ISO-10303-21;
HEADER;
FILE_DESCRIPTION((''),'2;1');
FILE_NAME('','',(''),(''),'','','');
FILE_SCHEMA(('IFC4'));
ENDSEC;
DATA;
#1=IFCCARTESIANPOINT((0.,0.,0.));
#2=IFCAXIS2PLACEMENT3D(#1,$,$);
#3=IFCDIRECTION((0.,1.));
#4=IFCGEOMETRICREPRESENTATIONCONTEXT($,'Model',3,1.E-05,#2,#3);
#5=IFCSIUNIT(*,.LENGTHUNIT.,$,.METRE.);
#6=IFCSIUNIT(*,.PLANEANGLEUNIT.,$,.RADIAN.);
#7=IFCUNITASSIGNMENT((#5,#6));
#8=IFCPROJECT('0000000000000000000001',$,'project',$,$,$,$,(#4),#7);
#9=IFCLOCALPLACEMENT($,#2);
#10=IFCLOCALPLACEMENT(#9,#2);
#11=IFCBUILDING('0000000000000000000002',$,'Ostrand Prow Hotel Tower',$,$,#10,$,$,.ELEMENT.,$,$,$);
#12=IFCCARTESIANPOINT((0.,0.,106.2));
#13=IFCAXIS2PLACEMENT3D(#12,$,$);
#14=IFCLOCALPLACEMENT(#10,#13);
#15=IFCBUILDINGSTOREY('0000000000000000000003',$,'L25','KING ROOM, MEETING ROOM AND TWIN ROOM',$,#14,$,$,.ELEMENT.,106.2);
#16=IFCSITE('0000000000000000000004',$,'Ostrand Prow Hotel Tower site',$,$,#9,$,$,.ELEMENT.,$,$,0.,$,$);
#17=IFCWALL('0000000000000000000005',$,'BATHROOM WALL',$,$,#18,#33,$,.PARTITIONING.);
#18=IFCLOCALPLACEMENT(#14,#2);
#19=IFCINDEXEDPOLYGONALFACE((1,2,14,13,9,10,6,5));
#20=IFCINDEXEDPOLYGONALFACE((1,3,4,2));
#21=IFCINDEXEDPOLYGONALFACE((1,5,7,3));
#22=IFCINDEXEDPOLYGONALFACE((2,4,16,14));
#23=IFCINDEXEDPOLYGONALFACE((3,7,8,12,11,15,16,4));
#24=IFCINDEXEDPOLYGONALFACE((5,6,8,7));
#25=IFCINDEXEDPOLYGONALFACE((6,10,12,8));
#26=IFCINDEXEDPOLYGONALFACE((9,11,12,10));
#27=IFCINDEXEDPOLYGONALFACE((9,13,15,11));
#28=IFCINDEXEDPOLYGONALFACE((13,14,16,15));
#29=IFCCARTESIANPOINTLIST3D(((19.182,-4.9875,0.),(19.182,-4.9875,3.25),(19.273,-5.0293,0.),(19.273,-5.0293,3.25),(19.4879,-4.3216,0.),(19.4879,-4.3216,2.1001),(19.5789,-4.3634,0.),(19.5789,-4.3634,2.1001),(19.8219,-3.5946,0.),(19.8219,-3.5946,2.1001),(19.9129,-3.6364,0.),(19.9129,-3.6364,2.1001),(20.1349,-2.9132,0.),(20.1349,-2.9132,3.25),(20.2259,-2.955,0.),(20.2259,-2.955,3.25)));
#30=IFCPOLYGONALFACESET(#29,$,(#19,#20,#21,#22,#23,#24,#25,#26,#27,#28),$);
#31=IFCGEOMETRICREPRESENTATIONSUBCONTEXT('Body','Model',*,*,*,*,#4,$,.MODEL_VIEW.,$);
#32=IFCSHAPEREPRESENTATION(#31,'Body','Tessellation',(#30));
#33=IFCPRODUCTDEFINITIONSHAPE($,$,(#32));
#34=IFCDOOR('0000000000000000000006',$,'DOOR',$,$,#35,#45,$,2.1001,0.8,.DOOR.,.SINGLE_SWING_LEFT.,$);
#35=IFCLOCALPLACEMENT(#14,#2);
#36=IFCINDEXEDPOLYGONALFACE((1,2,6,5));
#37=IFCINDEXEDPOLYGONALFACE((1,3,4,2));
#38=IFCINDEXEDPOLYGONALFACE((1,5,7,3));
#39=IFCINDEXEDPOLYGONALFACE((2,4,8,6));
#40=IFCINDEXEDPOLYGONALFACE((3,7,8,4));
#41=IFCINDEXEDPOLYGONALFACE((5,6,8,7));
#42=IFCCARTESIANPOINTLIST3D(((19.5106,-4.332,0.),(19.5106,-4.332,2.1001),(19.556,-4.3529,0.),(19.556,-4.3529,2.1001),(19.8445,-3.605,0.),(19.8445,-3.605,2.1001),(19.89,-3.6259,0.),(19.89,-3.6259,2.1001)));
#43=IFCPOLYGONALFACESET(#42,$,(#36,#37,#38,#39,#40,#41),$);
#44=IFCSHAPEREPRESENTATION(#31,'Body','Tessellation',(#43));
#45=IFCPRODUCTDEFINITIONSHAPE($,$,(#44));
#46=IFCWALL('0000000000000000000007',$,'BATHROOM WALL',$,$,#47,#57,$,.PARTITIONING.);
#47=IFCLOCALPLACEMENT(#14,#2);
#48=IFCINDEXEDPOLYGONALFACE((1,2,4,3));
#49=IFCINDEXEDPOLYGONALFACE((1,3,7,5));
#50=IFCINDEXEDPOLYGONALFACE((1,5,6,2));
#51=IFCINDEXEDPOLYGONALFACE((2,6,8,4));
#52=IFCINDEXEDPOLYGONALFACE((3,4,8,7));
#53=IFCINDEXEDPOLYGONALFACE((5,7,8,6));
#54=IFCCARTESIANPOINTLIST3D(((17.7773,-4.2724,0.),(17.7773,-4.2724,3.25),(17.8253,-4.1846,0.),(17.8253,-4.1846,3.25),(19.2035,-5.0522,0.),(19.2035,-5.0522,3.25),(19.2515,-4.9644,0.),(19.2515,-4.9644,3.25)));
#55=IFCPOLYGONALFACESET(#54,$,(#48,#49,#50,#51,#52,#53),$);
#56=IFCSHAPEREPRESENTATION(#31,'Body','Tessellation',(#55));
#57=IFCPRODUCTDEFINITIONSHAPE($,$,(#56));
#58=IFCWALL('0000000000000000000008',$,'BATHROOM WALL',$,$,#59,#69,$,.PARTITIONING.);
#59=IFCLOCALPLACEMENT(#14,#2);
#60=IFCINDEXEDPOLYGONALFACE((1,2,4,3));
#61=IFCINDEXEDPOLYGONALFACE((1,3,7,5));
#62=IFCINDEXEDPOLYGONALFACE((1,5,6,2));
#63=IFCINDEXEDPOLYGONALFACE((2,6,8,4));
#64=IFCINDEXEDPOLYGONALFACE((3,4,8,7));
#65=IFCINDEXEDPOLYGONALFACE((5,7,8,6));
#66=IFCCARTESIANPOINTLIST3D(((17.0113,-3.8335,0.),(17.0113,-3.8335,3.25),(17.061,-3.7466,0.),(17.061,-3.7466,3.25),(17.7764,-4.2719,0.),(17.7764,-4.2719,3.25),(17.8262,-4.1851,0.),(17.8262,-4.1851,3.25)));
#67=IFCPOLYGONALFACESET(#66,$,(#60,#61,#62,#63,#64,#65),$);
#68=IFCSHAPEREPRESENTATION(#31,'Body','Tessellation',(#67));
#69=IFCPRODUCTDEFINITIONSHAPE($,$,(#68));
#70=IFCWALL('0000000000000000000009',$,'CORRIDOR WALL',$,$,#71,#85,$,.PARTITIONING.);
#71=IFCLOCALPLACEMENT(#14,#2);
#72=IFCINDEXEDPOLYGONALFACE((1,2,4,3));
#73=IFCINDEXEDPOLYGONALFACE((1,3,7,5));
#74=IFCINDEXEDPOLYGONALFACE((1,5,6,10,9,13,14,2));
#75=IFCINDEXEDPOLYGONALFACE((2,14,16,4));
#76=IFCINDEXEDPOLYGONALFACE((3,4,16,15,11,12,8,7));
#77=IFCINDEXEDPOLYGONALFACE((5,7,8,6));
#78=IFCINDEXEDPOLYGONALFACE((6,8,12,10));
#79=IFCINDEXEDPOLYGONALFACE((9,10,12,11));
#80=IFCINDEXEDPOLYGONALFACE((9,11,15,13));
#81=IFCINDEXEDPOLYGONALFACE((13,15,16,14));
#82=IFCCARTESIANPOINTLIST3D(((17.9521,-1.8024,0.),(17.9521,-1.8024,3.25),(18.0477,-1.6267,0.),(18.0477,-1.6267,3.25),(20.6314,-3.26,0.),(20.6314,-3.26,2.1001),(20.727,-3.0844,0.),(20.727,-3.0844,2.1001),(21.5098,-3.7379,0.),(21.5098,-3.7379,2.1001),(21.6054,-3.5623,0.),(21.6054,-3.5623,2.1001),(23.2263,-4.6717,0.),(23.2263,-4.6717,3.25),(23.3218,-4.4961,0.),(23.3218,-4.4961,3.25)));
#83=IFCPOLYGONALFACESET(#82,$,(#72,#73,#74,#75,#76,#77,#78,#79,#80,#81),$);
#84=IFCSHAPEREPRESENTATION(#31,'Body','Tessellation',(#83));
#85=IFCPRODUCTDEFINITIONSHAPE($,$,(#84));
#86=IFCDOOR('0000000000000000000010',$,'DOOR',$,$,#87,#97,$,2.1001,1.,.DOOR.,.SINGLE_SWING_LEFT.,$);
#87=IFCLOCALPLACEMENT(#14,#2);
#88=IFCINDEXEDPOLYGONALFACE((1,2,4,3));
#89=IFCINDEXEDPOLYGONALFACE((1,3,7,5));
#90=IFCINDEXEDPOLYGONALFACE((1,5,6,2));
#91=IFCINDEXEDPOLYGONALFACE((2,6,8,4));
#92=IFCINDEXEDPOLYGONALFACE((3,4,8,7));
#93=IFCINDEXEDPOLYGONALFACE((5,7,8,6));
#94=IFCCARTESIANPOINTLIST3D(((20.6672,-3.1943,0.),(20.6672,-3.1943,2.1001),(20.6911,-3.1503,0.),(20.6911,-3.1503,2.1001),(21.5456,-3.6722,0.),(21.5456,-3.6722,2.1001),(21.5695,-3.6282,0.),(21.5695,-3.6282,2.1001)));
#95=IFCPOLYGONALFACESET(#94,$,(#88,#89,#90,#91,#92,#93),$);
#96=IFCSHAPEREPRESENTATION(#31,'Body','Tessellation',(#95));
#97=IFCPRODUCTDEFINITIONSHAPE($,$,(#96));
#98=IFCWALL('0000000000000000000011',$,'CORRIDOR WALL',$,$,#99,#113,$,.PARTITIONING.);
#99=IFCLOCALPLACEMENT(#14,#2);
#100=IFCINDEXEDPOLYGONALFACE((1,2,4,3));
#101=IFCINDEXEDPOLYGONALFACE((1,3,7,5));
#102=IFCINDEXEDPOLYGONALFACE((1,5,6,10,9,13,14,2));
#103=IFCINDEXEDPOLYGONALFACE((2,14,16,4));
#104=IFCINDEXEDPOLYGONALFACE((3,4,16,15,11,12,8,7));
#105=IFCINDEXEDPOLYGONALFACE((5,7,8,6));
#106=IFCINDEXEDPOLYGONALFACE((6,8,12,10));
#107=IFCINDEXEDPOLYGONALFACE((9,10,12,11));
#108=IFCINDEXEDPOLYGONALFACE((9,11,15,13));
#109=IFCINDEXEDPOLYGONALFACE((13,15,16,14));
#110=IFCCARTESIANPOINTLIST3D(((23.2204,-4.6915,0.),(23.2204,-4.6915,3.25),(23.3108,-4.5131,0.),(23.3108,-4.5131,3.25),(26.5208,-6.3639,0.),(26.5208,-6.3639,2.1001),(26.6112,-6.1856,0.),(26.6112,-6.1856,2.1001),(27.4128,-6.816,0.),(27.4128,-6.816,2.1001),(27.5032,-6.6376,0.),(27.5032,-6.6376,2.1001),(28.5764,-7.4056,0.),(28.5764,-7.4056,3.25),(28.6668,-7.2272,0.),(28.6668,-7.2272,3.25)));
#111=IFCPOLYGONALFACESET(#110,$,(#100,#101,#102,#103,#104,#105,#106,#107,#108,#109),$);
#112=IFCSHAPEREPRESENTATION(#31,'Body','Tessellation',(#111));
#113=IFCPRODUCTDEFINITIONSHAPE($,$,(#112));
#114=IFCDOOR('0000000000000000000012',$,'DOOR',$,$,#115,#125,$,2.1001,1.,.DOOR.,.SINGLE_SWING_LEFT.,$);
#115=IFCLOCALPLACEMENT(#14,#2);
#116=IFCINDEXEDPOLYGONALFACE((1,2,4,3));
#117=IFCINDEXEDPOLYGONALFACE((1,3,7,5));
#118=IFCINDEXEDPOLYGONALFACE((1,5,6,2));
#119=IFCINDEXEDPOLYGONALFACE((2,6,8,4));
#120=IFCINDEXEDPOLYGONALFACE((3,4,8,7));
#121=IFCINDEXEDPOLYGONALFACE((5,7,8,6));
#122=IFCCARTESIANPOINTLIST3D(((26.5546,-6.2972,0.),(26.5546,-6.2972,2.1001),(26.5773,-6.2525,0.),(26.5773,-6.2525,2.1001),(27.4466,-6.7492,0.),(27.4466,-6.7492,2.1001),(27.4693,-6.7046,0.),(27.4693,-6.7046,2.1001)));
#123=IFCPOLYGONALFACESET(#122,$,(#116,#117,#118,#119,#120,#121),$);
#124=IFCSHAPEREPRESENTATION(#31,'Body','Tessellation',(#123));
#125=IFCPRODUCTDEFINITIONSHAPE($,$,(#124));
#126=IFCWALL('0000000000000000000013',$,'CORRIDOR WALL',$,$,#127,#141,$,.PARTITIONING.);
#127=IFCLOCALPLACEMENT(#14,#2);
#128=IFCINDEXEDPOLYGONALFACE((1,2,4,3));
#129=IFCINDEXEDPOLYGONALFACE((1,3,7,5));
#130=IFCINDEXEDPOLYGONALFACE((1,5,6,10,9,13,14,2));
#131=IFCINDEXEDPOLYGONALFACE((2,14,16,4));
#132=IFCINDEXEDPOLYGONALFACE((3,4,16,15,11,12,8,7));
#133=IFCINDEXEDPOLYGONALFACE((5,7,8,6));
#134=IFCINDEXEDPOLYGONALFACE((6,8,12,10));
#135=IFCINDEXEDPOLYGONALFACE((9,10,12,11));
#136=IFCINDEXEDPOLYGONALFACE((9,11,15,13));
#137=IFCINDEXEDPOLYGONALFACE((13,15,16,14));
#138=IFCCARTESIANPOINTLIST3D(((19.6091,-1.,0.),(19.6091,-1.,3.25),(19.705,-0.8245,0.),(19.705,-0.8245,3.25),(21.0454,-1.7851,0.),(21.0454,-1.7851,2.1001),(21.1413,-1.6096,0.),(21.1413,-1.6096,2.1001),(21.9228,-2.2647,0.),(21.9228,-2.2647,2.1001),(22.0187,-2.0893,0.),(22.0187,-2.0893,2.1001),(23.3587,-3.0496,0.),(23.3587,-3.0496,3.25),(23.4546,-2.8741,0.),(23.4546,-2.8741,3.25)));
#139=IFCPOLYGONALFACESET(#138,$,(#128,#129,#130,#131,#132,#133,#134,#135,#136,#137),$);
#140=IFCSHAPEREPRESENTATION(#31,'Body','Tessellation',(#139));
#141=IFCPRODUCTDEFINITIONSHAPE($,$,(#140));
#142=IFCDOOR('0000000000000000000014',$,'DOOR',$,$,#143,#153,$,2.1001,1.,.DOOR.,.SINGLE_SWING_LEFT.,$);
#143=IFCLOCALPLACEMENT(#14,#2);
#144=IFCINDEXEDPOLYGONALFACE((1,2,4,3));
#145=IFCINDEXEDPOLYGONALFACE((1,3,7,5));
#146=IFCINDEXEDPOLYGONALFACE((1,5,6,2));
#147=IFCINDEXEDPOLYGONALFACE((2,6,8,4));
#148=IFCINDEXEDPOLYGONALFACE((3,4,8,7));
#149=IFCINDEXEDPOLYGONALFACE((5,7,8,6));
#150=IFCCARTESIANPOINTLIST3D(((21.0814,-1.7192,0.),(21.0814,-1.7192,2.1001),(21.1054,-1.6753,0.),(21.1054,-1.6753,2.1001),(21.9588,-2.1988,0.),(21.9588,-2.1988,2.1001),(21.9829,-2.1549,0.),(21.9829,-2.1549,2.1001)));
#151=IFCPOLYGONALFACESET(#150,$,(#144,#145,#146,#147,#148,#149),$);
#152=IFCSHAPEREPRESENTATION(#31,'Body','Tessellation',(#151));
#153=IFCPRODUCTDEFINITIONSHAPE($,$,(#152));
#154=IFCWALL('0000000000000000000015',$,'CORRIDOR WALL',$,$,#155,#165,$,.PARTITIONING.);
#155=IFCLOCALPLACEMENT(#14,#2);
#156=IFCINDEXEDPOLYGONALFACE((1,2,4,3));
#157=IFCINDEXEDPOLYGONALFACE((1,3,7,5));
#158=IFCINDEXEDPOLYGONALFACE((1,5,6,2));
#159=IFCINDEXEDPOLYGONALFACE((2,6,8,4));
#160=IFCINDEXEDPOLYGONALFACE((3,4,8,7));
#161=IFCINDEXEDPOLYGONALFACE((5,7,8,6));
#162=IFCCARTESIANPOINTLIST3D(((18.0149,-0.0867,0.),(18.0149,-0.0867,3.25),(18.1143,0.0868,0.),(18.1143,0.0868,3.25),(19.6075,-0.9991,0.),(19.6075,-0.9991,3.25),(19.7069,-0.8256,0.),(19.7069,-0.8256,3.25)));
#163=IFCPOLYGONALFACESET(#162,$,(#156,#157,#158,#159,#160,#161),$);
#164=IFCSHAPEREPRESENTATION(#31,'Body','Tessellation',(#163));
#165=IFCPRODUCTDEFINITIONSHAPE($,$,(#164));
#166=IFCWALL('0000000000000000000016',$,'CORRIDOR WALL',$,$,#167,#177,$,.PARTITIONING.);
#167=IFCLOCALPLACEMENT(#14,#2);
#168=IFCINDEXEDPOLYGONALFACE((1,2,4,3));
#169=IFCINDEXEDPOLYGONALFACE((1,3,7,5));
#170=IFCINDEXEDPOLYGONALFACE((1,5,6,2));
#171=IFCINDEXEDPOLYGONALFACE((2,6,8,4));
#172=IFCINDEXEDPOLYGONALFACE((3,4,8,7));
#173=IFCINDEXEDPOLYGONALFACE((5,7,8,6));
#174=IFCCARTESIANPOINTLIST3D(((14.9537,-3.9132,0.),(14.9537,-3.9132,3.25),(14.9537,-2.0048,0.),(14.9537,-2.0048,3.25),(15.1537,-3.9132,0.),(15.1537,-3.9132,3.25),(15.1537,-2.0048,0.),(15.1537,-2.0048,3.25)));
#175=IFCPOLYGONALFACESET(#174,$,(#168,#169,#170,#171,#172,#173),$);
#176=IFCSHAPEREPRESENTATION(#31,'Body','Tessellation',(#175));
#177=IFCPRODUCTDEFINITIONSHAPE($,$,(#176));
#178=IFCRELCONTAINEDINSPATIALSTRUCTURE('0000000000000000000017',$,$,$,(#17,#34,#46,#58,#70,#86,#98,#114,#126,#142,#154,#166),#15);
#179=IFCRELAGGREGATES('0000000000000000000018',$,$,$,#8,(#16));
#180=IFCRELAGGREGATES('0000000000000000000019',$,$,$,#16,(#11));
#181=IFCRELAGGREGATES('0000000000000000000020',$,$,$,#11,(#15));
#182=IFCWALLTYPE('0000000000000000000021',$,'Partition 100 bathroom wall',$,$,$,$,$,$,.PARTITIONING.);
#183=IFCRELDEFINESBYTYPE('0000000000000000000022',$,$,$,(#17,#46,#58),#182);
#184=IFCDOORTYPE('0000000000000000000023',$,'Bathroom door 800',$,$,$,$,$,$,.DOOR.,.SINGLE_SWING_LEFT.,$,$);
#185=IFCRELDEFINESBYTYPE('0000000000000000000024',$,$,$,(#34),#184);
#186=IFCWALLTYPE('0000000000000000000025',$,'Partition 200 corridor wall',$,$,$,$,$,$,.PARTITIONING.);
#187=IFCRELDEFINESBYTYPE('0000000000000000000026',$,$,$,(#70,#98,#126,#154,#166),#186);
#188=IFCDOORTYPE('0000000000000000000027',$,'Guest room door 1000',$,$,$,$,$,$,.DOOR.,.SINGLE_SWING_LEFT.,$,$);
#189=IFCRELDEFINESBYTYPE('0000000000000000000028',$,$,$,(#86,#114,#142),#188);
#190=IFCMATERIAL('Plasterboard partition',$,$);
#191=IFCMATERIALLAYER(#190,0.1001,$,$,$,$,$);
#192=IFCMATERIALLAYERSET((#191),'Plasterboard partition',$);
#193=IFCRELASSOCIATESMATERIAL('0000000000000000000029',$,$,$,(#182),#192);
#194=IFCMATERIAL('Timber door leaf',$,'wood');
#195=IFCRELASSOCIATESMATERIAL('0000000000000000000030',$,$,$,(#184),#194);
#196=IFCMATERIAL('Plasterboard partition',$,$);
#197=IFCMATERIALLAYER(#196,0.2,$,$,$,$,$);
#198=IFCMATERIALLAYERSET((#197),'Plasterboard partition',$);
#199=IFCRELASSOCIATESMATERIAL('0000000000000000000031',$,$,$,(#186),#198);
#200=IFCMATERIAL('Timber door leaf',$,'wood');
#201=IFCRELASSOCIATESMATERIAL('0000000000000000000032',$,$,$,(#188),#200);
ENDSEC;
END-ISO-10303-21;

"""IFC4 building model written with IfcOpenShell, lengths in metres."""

from ifc_helpers import new_model, si_unit, direction, frame, frame_2d, origin, place, context, subcontext, project, spatial, rectangle, extrude, material, layer, layer_set, type_object, element, fill, save


model = new_model("IFC4")

# Units and contexts
model_context = context("Model", 3, precision=1e-05, world=origin(), true_north=direction((0.0, 1.0)))
body_context = subcontext(model_context, "Body", "Model", "MODEL_VIEW")
ifc_project = project(units=[si_unit("LENGTHUNIT", "METRE"), si_unit("PLANEANGLEUNIT", "RADIAN")], contexts=[model_context])

# Site, building, storey
site_placement = place(None, origin())
site = spatial("IfcSite", under=ifc_project, at=site_placement, Name="Ostrand Prow Hotel Tower site", CompositionType="ELEMENT", RefElevation=0.0)
building_placement = place(site_placement, origin())
building = spatial("IfcBuilding", under=site, at=building_placement, Name="Ostrand Prow Hotel Tower", CompositionType="ELEMENT")
storey_placement = place(building_placement, frame((0.0, 0.0, 106.2)))
storey = spatial("IfcBuildingStorey", under=building, at=storey_placement, Name="L25", Description="KING ROOM, MEETING ROOM AND TWIN ROOM", CompositionType="ELEMENT", Elevation=106.2)

# Wall, opening, door
ifc_material_1 = material(Name="Plasterboard partition")
ifc_layer_1 = layer(ifc_material_1, 0.1001)
ifc_layer_set_1 = layer_set([ifc_layer_1], Name="Plasterboard partition")
wall_type_1 = type_object("IfcWallType", Name="Partition 100 bathroom wall", PredefinedType="PARTITIONING", material=ifc_layer_set_1)
wall_1_placement = place(storey_placement, frame((20.1804, -2.9341, 0.0), z_axis=(0.0, 0.0, 1.0), x_axis=(-0.41745, -0.9087, 0.0)))
wall_1 = element("IfcWall", 1, at=wall_1_placement, inside=storey, type_object=wall_type_1, Name="BATHROOM WALL", PredefinedType="PARTITIONING", context=body_context, shape_type="SweptSolid", body=[
    extrude(rectangle(XDim=2.2827, YDim=0.1001, at=frame_2d((1.1414, 0.0))), origin(), (0.0, 0.0, 1.0), 3.25),
])
opening_1_placement = place(wall_1_placement, frame((0.75, 0.0, 0.0)))
opening_1 = element("IfcOpeningElement", 2, at=opening_1_placement, cuts=wall_1, PredefinedType="OPENING", context=body_context, shape_type="SweptSolid", body=[
    extrude(rectangle(XDim=0.8, YDim=2.1001, at=frame_2d((0.3999, 1.05))), frame((0.0, 0.0601, 0.0), z_axis=(0.0, -1.0, 0.0), x_axis=(1.0, 0.0, 0.0)), (0.0, 0.0, 1.0), 0.1201),
])
ifc_material_2 = material(Name="Timber door leaf", Category="wood")
door_type_1 = type_object("IfcDoorType", Name="Bathroom door 800", OperationType="SINGLE_SWING_LEFT", PredefinedType="DOOR", material=ifc_material_2)
door_1_placement = place(opening_1_placement, origin())
door_1 = element("IfcDoor", 3, at=door_1_placement, inside=storey, type_object=door_type_1, Name="DOOR", OperationType="SINGLE_SWING_LEFT", OverallHeight=2.1001, OverallWidth=0.8, PredefinedType="DOOR", context=body_context, shape_type="SweptSolid", body=[
    extrude(rectangle(XDim=0.8, YDim=2.1001, at=frame_2d((0.3999, 1.05))), frame((0.0, 0.0249, 0.0), z_axis=(0.0, -1.0, 0.0), x_axis=(1.0, 0.0, 0.0)), (0.0, 0.0, 1.0), 0.05),
])
fill(opening_1, door_1)

# Walls
wall_2_placement = place(storey_placement, frame((19.2275, -5.0083, 0.0), z_axis=(0.0, 0.0, 1.0), x_axis=(-0.877424, 0.479715, 0.0)))
element("IfcWall", 4, at=wall_2_placement, inside=storey, type_object=wall_type_1, Name="BATHROOM WALL", PredefinedType="PARTITIONING", context=body_context, shape_type="SweptSolid", body=[
    extrude(rectangle(XDim=1.6255, YDim=0.1001, at=frame_2d((0.8127, 0.0))), origin(), (0.0, 0.0, 1.0), 3.25),
])
wall_3_placement = place(storey_placement, frame((17.8013, -4.2285, 0.0), z_axis=(0.0, 0.0, 1.0), x_axis=(-0.867629, 0.497212, 0.0)))
element("IfcWall", 5, at=wall_3_placement, inside=storey, type_object=wall_type_1, Name="BATHROOM WALL", PredefinedType="PARTITIONING", context=body_context, shape_type="SweptSolid", body=[
    extrude(rectangle(XDim=0.8818, YDim=0.1001, at=frame_2d((0.4409, 0.0))), origin(), (0.0, 0.0, 1.0), 3.25),
])

# Walls, openings, doors
ifc_material_3 = material(Name="Plasterboard partition")
ifc_layer_2 = layer(ifc_material_3, 0.2)
ifc_layer_set_2 = layer_set([ifc_layer_2], Name="Plasterboard partition")
wall_type_2 = type_object("IfcWallType", Name="Partition 200 corridor wall", PredefinedType="PARTITIONING", material=ifc_layer_set_2)
wall_4_placement = place(storey_placement, frame((18.0, -1.7146, 0.0), z_axis=(0.0, 0.0, 1.0), x_axis=(0.878416, -0.477897, 0.0)))
wall_4 = element("IfcWall", 6, at=wall_4_placement, inside=storey, type_object=wall_type_2, Name="CORRIDOR WALL", PredefinedType="PARTITIONING", context=body_context, shape_type="SweptSolid", body=[
    extrude(rectangle(XDim=6.0042, YDim=0.2, at=frame_2d((3.002, 0.0))), origin(), (0.0, 0.0, 1.0), 3.25),
])
opening_2_placement = place(wall_4_placement, frame((3.05, 0.0, 0.0)))
opening_2 = element("IfcOpeningElement", 7, at=opening_2_placement, cuts=wall_4, PredefinedType="OPENING", context=body_context, shape_type="SweptSolid", body=[
    extrude(rectangle(XDim=1.0, YDim=2.1001, at=frame_2d((0.5, 1.05))), frame((0.0, 0.1099, 0.0), z_axis=(0.0, -1.0, 0.0), x_axis=(1.0, 0.0, 0.0)), (0.0, 0.0, 1.0), 0.22),
])
ifc_material_4 = material(Name="Timber door leaf", Category="wood")
door_type_2 = type_object("IfcDoorType", Name="Guest room door 1000", OperationType="SINGLE_SWING_LEFT", PredefinedType="DOOR", material=ifc_material_4)
door_2_placement = place(opening_2_placement, origin())
door_2 = element("IfcDoor", 8, at=door_2_placement, inside=storey, type_object=door_type_2, Name="DOOR", OperationType="SINGLE_SWING_LEFT", OverallHeight=2.1001, OverallWidth=1.0, PredefinedType="DOOR", context=body_context, shape_type="SweptSolid", body=[
    extrude(rectangle(XDim=1.0, YDim=2.1001, at=frame_2d((0.5, 1.05))), frame((0.0, 0.0249, 0.0), z_axis=(0.0, -1.0, 0.0), x_axis=(1.0, 0.0, 0.0)), (0.0, 0.0, 1.0), 0.05),
])
fill(opening_2, door_2)
wall_5_placement = place(storey_placement, frame((23.2656, -4.6023, 0.0), z_axis=(0.0, 0.0, 1.0), x_axis=(0.892007, -0.452021, 0.0)))
wall_5 = element("IfcWall", 9, at=wall_5_placement, inside=storey, type_object=wall_type_2, Name="CORRIDOR WALL", PredefinedType="PARTITIONING", context=body_context, shape_type="SweptSolid", body=[
    extrude(rectangle(XDim=6.0044, YDim=0.2, at=frame_2d((3.0022, 0.0))), origin(), (0.0, 0.0, 1.0), 3.25),
])
opening_3_placement = place(wall_5_placement, frame((3.7, 0.0, 0.0)))
opening_3 = element("IfcOpeningElement", 10, at=opening_3_placement, cuts=wall_5, PredefinedType="OPENING", context=body_context, shape_type="SweptSolid", body=[
    extrude(rectangle(XDim=1.0, YDim=2.1001, at=frame_2d((0.5, 1.05))), frame((0.0, 0.1099, 0.0), z_axis=(0.0, -1.0, 0.0), x_axis=(1.0, 0.0, 0.0)), (0.0, 0.0, 1.0), 0.22),
])
door_3_placement = place(opening_3_placement, origin())
door_3 = element("IfcDoor", 11, at=door_3_placement, inside=storey, type_object=door_type_2, Name="DOOR", OperationType="SINGLE_SWING_LEFT", OverallHeight=2.1001, OverallWidth=1.0, PredefinedType="DOOR", context=body_context, shape_type="SweptSolid", body=[
    extrude(rectangle(XDim=1.0, YDim=2.1001, at=frame_2d((0.5, 1.05))), frame((0.0, 0.0249, 0.0), z_axis=(0.0, -1.0, 0.0), x_axis=(1.0, 0.0, 0.0)), (0.0, 0.0, 1.0), 0.05),
])
fill(opening_3, door_3)
wall_6_placement = place(storey_placement, frame((23.4067, -2.9619, 0.0), z_axis=(0.0, 0.0, 1.0), x_axis=(-0.877465, 0.479641, 0.0)))
wall_6 = element("IfcWall", 12, at=wall_6_placement, inside=storey, type_object=wall_type_2, Name="CORRIDOR WALL", PredefinedType="PARTITIONING", context=body_context, shape_type="SweptSolid", body=[
    extrude(rectangle(XDim=4.2732, YDim=0.2, at=frame_2d((2.1367, 0.0))), origin(), (0.0, 0.0, 1.0), 3.25),
])
opening_4_placement = place(wall_6_placement, frame((1.6365, 0.0, 0.0)))
opening_4 = element("IfcOpeningElement", 13, at=opening_4_placement, cuts=wall_6, PredefinedType="OPENING", context=body_context, shape_type="SweptSolid", body=[
    extrude(rectangle(XDim=1.0, YDim=2.1001, at=frame_2d((0.5, 1.05))), frame((0.0, 0.1099, 0.0), z_axis=(0.0, -1.0, 0.0), x_axis=(1.0, 0.0, 0.0)), (0.0, 0.0, 1.0), 0.22),
])
door_4_placement = place(opening_4_placement, origin())
door_4 = element("IfcDoor", 14, at=door_4_placement, inside=storey, type_object=door_type_2, Name="DOOR", OperationType="SINGLE_SWING_LEFT", OverallHeight=2.1001, OverallWidth=1.0, PredefinedType="DOOR", context=body_context, shape_type="SweptSolid", body=[
    extrude(rectangle(XDim=1.0, YDim=2.1001, at=frame_2d((0.5, 1.05))), frame((0.0, 0.0249, 0.0), z_axis=(0.0, -1.0, 0.0), x_axis=(1.0, 0.0, 0.0)), (0.0, 0.0, 1.0), 0.05),
])
fill(opening_4, door_4)

# Walls
wall_7_placement = place(storey_placement, frame((19.6572, -0.9124, 0.0), z_axis=(0.0, 0.0, 1.0), x_axis=(-0.867694, 0.497098, 0.0)))
element("IfcWall", 15, at=wall_7_placement, inside=storey, type_object=wall_type_2, Name="CORRIDOR WALL", PredefinedType="PARTITIONING", context=body_context, shape_type="SweptSolid", body=[
    extrude(rectangle(XDim=1.8354, YDim=0.2, at=frame_2d((0.9177, 0.0))), origin(), (0.0, 0.0, 1.0), 3.25),
])
wall_8_placement = place(storey_placement, frame((15.0537, -2.0049, 0.0), z_axis=(0.0, 0.0, 1.0), x_axis=(0.0, -1.0, 0.0)))
element("IfcWall", 16, at=wall_8_placement, inside=storey, type_object=wall_type_2, Name="CORRIDOR WALL", PredefinedType="PARTITIONING", context=body_context, shape_type="SweptSolid", body=[
    extrude(rectangle(XDim=1.9084, YDim=0.2, at=frame_2d((0.9541, 0.0))), origin(), (0.0, 0.0, 1.0), 3.25),
])

save(model, "model.ifc")
